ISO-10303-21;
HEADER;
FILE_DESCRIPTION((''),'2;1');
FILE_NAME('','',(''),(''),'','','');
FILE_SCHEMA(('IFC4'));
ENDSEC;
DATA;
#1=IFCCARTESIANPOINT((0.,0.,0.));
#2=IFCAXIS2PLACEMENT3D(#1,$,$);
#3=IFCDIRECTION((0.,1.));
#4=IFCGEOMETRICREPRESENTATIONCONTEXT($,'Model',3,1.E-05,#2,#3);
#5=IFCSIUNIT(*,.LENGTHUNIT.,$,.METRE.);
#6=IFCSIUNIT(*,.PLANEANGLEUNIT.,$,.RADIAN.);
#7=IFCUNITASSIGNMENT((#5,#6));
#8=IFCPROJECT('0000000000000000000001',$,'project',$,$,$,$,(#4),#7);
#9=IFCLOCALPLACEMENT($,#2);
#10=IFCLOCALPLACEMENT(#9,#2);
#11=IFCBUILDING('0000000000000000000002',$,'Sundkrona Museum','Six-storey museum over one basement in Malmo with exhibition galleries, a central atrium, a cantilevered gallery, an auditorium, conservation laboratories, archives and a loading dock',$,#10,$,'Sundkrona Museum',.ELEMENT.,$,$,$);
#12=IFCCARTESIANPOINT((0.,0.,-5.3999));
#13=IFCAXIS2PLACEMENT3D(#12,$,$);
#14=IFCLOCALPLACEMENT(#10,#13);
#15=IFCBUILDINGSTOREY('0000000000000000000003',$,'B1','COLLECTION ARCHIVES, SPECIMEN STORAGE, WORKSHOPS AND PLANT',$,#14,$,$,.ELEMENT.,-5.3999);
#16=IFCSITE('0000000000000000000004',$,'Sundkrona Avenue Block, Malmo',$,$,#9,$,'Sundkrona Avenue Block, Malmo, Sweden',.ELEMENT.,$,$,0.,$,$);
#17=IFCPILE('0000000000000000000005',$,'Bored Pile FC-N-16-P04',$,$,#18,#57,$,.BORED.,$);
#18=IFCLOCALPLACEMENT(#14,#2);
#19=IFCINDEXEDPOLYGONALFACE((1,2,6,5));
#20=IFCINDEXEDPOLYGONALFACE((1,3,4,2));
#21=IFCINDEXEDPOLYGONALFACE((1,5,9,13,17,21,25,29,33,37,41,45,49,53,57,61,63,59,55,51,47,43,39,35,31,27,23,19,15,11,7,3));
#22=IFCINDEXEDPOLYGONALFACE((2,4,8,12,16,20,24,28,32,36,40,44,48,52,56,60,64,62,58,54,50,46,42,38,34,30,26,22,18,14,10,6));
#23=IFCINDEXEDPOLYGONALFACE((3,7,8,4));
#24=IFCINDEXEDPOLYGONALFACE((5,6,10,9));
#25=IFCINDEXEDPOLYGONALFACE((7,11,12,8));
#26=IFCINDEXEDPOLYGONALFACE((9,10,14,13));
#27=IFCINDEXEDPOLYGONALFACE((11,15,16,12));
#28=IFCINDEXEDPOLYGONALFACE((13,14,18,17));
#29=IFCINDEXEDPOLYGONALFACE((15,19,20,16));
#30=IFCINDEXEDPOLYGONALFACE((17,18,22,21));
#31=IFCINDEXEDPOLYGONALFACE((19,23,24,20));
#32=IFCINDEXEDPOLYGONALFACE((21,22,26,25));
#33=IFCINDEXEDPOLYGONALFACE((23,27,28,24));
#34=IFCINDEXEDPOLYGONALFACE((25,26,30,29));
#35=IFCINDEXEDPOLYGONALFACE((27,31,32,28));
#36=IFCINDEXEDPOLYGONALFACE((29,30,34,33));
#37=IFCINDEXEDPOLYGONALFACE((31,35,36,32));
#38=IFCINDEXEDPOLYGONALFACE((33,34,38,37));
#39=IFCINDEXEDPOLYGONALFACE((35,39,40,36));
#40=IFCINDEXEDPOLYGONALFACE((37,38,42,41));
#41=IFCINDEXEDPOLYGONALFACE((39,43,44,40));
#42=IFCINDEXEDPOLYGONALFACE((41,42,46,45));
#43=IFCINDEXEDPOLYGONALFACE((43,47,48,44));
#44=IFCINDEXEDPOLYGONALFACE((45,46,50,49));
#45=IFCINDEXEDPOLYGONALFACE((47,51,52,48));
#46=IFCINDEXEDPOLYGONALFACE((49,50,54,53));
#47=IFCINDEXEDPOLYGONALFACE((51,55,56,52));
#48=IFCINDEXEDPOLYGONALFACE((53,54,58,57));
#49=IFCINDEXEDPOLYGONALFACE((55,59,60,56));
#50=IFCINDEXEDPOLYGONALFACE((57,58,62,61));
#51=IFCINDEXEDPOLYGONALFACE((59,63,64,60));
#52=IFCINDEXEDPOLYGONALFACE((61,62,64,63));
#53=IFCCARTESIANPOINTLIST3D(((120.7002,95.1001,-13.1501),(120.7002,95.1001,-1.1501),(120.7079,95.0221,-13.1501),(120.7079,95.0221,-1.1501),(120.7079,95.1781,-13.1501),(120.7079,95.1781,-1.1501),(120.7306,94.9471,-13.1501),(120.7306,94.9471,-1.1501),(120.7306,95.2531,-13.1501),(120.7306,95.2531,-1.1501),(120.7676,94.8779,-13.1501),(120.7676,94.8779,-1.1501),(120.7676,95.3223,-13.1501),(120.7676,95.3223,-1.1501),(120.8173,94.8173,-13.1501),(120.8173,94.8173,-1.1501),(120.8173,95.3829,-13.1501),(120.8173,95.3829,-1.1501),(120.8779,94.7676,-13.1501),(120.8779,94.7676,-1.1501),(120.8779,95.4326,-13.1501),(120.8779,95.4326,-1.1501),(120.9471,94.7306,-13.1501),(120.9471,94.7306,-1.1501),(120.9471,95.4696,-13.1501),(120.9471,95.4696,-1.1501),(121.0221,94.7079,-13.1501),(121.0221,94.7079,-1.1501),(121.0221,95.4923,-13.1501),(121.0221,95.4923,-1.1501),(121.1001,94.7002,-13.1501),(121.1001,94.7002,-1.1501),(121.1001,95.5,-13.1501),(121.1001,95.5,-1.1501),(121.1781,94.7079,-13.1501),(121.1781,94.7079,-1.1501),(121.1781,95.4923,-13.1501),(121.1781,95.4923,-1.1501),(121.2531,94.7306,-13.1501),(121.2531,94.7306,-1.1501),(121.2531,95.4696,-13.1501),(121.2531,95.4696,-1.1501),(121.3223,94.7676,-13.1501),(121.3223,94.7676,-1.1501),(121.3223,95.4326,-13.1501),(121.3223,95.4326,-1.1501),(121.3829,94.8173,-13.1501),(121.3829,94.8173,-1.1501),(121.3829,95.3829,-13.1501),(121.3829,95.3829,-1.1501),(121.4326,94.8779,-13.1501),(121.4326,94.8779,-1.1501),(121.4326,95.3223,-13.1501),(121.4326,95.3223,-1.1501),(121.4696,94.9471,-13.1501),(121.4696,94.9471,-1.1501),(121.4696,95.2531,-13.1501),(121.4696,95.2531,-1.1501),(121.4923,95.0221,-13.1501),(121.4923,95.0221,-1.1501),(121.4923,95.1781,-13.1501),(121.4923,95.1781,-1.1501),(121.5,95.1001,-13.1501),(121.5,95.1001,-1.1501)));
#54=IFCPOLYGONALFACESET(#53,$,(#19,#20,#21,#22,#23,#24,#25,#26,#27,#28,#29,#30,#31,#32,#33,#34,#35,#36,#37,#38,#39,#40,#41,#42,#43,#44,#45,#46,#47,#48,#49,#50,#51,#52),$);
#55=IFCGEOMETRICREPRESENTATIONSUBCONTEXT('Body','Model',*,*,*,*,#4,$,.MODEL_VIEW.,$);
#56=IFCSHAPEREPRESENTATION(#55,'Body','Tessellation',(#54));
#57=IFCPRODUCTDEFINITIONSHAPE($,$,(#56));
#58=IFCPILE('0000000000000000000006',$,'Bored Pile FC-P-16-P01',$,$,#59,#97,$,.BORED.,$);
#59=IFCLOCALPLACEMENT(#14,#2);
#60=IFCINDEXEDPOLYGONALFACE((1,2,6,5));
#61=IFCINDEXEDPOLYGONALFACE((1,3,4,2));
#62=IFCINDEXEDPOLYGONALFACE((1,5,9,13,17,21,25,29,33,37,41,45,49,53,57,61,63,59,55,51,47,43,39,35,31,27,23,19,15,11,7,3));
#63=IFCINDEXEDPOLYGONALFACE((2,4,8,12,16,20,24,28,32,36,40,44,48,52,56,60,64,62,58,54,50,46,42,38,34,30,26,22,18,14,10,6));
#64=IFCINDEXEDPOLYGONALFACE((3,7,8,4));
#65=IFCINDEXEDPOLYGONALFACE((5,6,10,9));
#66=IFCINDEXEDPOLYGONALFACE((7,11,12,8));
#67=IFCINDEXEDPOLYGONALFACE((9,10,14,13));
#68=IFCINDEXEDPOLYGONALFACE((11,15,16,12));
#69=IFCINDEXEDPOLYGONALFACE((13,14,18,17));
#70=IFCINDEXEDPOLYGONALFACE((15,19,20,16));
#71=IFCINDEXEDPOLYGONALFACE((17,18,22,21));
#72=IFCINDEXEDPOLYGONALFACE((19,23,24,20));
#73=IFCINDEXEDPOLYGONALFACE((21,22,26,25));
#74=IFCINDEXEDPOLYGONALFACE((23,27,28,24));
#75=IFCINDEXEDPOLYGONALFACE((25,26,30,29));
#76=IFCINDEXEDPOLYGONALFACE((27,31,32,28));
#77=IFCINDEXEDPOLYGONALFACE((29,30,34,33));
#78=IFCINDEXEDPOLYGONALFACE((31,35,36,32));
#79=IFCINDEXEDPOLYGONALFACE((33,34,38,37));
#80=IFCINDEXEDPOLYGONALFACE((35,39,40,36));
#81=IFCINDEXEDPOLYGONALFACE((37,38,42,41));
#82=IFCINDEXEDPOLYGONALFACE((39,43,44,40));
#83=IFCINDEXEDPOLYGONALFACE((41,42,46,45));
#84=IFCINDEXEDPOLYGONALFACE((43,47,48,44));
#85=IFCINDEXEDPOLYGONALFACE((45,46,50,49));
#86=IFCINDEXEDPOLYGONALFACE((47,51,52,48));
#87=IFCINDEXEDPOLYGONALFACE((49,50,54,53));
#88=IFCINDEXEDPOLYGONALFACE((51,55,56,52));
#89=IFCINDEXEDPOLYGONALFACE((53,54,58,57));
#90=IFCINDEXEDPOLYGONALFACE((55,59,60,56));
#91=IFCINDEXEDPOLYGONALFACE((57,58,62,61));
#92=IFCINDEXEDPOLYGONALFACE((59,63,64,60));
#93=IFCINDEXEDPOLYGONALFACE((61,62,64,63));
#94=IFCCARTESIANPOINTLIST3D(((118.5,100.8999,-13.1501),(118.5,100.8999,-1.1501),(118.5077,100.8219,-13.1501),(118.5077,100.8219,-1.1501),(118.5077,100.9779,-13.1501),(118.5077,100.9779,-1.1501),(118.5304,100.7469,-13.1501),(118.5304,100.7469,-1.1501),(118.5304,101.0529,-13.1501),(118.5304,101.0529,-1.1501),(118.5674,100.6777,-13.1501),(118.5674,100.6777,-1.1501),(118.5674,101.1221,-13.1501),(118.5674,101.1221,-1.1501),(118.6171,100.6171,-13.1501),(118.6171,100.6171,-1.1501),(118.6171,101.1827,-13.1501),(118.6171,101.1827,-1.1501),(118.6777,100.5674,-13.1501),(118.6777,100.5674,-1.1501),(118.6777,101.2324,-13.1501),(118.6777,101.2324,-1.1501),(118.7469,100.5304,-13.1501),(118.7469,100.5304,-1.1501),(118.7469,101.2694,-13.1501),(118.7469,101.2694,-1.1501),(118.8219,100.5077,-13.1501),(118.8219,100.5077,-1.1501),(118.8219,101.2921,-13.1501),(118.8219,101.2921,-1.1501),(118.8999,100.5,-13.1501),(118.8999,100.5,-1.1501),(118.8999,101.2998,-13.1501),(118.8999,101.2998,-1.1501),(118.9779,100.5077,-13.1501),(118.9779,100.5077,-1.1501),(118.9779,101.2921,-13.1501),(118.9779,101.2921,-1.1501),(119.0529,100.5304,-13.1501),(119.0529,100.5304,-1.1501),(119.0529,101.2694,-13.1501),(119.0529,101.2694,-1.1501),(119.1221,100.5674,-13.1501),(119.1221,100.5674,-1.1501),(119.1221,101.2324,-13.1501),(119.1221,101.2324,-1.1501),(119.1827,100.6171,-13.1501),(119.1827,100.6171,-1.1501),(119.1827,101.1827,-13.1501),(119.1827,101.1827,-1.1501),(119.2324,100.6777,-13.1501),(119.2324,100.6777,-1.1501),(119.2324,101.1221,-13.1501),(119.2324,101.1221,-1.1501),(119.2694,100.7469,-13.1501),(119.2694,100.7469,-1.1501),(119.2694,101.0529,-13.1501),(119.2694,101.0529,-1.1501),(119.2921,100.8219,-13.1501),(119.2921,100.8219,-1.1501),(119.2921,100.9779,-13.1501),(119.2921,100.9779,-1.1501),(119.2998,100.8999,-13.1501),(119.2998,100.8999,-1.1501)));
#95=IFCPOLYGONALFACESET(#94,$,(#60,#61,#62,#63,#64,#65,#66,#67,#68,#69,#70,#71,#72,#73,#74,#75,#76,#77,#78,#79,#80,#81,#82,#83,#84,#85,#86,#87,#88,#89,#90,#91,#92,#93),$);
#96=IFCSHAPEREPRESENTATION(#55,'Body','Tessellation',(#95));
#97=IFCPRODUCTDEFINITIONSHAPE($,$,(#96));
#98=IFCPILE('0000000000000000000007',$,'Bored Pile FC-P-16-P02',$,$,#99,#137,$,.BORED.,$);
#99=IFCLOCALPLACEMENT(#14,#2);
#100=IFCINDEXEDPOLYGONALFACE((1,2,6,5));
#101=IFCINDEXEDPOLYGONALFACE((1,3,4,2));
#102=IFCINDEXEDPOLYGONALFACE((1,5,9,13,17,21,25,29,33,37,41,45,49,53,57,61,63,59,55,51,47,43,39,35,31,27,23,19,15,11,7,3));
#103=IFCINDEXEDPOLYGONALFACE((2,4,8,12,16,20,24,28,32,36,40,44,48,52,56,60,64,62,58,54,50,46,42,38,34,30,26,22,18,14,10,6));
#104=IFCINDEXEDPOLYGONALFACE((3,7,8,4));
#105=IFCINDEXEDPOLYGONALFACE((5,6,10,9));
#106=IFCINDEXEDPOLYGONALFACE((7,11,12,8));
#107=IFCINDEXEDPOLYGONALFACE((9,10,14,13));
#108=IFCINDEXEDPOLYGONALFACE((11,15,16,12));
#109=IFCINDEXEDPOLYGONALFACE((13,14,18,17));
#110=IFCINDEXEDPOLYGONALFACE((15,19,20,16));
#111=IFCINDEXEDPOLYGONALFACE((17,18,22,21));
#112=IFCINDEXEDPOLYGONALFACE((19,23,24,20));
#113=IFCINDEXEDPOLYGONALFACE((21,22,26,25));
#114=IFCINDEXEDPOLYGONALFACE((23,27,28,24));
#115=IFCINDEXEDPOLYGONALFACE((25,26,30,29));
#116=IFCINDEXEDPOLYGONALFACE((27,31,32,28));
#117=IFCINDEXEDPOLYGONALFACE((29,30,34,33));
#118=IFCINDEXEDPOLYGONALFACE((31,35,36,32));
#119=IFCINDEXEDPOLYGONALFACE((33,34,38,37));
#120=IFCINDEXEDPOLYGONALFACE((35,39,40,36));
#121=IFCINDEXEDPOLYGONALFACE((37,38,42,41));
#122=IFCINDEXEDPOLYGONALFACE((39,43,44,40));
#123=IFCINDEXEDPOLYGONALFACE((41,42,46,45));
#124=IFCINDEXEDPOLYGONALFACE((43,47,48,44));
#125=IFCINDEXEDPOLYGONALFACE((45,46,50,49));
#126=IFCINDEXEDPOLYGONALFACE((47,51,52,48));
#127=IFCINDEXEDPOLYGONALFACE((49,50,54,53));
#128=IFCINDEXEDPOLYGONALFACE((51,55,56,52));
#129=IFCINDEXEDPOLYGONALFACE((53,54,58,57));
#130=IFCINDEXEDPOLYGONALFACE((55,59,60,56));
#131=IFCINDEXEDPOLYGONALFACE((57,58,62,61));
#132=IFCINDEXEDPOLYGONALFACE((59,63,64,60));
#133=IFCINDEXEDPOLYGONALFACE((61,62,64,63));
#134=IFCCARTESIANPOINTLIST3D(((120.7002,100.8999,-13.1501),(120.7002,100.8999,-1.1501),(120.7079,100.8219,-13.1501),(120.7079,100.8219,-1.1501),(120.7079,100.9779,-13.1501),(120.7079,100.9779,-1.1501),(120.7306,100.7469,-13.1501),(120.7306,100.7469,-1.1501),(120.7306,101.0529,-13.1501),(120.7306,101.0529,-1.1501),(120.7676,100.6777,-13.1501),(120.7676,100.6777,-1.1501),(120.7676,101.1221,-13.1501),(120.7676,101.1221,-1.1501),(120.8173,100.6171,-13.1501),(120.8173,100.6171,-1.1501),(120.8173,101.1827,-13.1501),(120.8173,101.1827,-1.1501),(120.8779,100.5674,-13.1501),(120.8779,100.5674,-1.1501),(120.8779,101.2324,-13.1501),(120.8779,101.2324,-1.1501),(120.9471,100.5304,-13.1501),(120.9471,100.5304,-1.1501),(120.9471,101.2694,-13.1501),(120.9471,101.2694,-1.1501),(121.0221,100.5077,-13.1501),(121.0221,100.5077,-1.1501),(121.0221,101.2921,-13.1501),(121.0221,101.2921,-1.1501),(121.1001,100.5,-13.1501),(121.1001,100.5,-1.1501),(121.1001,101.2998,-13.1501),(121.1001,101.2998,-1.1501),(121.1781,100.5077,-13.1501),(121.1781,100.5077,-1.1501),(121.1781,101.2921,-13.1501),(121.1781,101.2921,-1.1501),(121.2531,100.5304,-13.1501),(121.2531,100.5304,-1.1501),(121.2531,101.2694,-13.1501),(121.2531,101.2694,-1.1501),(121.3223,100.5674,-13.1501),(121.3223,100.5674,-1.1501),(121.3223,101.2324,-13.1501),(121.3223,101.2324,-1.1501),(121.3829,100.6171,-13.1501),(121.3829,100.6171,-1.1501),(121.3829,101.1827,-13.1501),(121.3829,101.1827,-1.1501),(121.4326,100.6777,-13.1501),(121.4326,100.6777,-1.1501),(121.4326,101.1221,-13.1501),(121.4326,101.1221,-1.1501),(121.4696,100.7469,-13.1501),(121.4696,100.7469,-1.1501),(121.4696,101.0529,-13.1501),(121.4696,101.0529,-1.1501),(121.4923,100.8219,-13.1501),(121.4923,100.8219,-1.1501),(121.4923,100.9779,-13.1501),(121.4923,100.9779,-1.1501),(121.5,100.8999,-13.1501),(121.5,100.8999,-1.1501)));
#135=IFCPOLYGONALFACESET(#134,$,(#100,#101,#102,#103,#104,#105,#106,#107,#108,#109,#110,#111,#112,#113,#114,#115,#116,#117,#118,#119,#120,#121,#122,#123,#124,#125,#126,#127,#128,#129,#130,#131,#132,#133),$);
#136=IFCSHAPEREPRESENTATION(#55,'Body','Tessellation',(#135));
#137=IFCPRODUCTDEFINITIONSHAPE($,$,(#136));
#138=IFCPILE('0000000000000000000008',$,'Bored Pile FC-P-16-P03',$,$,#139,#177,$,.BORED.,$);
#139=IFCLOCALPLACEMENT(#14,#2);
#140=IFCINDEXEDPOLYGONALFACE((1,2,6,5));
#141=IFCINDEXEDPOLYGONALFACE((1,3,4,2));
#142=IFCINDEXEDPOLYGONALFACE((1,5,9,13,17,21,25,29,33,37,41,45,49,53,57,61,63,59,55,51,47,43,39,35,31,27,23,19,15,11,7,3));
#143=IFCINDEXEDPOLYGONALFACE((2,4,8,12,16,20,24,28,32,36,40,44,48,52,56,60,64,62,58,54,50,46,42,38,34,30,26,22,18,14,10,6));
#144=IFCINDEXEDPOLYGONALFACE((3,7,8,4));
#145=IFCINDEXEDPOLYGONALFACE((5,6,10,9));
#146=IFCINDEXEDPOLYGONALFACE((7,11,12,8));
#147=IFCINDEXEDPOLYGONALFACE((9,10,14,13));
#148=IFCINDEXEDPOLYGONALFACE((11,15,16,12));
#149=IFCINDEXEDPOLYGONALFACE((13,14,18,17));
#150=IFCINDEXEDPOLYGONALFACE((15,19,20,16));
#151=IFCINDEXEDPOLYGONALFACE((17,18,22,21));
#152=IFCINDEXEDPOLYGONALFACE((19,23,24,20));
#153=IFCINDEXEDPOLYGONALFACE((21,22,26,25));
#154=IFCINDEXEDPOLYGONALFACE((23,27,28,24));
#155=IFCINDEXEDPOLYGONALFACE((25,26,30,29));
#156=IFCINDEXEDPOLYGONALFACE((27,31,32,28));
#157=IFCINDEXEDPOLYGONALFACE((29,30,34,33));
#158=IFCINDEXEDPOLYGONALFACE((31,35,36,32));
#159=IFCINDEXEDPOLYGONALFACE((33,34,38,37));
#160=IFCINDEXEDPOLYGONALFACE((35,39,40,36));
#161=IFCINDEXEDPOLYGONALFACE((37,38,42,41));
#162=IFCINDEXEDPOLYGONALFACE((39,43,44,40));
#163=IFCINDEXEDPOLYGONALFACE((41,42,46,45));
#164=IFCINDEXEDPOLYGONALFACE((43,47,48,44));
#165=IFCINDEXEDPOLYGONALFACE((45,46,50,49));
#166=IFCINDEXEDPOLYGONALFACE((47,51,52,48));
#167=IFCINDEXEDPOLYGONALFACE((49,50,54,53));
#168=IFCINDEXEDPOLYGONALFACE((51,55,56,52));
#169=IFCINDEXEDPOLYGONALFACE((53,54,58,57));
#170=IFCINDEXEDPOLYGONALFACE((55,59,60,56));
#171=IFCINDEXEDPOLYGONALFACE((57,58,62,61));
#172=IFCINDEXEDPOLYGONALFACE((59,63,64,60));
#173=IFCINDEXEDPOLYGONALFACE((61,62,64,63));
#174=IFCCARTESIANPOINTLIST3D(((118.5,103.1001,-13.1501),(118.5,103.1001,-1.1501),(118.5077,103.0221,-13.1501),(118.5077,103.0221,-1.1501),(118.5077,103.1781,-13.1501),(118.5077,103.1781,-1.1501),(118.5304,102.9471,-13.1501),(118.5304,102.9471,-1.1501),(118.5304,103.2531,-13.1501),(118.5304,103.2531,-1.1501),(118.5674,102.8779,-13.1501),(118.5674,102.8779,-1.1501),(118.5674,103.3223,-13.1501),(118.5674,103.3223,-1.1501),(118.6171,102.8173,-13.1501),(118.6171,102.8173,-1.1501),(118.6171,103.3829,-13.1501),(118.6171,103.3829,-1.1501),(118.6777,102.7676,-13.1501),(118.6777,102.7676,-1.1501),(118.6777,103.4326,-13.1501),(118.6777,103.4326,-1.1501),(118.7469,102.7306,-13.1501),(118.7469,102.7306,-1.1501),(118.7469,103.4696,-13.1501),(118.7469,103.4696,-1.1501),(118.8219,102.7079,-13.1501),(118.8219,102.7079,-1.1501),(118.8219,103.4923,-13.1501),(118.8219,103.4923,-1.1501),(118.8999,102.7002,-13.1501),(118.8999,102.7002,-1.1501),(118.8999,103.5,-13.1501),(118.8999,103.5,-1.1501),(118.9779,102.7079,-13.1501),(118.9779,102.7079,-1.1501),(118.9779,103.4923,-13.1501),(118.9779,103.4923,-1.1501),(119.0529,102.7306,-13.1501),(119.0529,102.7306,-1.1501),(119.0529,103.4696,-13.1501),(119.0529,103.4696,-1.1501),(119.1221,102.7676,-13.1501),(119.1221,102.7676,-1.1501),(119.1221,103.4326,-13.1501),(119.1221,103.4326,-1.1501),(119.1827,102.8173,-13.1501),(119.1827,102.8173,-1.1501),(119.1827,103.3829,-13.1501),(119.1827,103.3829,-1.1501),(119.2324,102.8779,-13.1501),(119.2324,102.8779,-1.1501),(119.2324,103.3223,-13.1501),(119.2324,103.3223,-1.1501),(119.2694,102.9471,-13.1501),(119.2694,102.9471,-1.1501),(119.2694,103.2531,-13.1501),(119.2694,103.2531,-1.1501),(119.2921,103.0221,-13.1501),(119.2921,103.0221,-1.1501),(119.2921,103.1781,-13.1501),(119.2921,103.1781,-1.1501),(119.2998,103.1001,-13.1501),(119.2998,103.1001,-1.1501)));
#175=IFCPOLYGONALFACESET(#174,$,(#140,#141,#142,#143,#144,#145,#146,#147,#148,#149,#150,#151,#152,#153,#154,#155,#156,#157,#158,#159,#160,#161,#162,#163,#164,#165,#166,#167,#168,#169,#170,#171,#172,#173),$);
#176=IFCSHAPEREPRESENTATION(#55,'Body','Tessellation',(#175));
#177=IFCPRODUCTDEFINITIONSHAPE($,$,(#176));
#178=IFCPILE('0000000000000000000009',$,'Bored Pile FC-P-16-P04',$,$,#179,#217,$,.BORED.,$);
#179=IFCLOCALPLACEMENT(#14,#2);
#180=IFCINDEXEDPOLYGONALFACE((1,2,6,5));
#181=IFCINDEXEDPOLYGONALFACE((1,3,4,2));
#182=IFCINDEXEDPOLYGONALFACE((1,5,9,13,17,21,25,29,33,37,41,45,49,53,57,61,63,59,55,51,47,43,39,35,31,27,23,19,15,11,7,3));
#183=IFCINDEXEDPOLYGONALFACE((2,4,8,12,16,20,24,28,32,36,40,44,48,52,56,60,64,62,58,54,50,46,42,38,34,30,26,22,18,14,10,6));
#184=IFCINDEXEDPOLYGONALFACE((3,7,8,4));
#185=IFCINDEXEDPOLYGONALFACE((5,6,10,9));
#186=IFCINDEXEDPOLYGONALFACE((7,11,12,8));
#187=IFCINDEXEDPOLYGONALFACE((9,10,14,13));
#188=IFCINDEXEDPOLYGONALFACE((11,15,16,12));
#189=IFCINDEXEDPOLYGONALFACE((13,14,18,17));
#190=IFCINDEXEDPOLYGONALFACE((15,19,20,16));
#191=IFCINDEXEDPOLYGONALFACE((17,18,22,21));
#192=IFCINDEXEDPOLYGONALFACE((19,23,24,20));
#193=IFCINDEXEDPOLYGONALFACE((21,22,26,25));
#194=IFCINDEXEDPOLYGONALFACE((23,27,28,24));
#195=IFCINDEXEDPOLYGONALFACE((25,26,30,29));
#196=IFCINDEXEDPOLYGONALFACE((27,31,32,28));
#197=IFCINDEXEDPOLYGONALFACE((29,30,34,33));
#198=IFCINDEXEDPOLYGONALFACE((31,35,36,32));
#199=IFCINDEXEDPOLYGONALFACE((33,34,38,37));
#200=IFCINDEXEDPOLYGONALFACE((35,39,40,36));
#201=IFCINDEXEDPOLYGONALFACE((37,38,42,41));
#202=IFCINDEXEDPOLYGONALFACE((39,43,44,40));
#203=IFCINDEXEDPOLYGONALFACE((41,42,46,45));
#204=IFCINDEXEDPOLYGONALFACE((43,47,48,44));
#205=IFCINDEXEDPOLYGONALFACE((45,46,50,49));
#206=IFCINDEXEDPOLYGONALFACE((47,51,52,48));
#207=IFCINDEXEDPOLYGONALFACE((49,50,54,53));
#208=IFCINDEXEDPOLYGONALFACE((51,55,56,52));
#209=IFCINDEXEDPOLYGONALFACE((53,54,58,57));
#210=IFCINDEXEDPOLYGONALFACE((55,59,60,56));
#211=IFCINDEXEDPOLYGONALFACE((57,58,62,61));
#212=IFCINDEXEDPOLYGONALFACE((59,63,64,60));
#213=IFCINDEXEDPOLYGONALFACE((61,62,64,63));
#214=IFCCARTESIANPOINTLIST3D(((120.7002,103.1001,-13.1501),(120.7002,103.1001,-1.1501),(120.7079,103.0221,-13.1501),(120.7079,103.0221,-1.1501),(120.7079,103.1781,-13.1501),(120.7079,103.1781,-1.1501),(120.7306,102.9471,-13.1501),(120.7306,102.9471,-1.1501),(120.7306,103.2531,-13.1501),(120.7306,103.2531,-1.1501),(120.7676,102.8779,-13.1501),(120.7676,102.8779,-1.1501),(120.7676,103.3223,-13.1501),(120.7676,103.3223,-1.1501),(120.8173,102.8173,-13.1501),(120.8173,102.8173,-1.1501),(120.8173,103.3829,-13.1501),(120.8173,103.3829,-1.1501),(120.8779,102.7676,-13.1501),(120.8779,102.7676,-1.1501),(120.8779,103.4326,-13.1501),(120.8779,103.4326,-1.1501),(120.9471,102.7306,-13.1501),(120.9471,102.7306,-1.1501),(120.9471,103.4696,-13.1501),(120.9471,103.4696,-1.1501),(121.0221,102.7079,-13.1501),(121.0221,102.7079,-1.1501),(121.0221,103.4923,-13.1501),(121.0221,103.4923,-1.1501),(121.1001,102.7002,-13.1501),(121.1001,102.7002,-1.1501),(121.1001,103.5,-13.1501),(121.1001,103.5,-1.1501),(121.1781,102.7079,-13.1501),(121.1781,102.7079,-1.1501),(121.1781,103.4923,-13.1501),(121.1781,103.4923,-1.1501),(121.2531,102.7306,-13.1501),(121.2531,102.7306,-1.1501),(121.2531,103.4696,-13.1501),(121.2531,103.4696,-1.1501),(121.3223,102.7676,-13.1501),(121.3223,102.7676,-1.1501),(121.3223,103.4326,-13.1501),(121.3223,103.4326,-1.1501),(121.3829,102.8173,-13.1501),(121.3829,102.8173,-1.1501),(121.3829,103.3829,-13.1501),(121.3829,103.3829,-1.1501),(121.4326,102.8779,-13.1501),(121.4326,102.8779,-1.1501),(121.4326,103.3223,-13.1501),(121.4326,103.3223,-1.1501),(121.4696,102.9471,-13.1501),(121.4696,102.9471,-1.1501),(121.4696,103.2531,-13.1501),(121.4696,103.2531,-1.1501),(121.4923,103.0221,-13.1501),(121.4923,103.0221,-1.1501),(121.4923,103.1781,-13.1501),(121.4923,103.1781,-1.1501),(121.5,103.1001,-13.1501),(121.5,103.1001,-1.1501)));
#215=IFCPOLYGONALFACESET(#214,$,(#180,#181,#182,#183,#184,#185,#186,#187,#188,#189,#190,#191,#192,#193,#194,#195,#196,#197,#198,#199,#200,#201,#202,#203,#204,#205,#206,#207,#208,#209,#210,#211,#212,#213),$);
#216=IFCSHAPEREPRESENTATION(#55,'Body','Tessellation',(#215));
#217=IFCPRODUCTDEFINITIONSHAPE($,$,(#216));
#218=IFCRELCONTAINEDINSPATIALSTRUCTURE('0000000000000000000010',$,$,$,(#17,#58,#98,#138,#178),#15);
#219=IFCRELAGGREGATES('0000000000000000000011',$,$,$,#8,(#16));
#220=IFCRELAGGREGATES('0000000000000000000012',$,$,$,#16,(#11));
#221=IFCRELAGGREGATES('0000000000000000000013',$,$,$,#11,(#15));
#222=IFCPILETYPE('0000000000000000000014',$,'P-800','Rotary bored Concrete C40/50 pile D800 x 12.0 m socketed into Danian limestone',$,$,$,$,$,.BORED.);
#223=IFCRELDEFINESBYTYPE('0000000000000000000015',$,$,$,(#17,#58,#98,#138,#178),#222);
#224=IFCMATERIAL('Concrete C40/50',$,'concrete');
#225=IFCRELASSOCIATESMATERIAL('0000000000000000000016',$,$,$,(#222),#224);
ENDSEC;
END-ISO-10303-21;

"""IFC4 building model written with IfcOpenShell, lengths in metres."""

from ifc_helpers import new_model, si_unit, direction, frame, origin, origin_2d, place, context, subcontext, project, spatial, circle, extrude, material, material_profile, profile_set, type_object, element, save


model = new_model("IFC4")

# Units and contexts
model_context = context("Model", 3, precision=1e-05, world=origin(), true_north=direction((0.0, 1.0)))
body_context = subcontext(model_context, "Body", "Model", "MODEL_VIEW")
ifc_project = project(units=[si_unit("LENGTHUNIT", "METRE"), si_unit("PLANEANGLEUNIT", "RADIAN")], contexts=[model_context])

# Site, building, storey
site_placement = place(None, origin())
site = spatial("IfcSite", under=ifc_project, at=site_placement, Name="Sundkrona Avenue Block, Malmo", LongName="Sundkrona Avenue Block, Malmo, Sweden", CompositionType="ELEMENT", RefElevation=0.0)
building_placement = place(site_placement, origin())
building = spatial("IfcBuilding", under=site, at=building_placement, Name="Sundkrona Museum", Description="Six-storey museum over one basement in Malmo with exhibition galleries, a central atrium, a cantilevered gallery, an auditorium, conservation laboratories, archives and a loading dock", LongName="Sundkrona Museum", CompositionType="ELEMENT")
storey_placement = place(building_placement, frame((0.0, 0.0, -5.3999)))
storey = spatial("IfcBuildingStorey", under=building, at=storey_placement, Name="B1", Description="COLLECTION ARCHIVES, SPECIMEN STORAGE, WORKSHOPS AND PLANT", CompositionType="ELEMENT", Elevation=-5.3999)

# Shared definitions
ifc_material_1 = material(Name="Concrete C40/50", Category="concrete")

# Piles
ifc_material_profile_1 = material_profile(ifc_material_1, circle(Radius=0.3999, at=origin_2d()), Name="PILE D800")
ifc_profile_set_1 = profile_set([ifc_material_profile_1], Name="Concrete C40/50")
pile_type = type_object("IfcPileType", Name="P-800", Description="Rotary bored Concrete C40/50 pile D800 x 12.0 m socketed into Danian limestone", PredefinedType="BORED", material=ifc_profile_set_1)
for number, where, z_axis, x_axis, name in (
    (1, (121.1001, 95.1001, -1.1501), (0.0, 0.0, -1.0), (1.0, 0.0, 0.0), "Bored Pile FC-N-16-P04"),
    (2, (118.8999, 100.8999, -1.1501), (0.0, 0.0, -1.0), (1.0, 0.0, 0.0), "Bored Pile FC-P-16-P01"),
    (3, (121.1001, 100.8999, -1.1501), (0.0, 0.0, -1.0), (1.0, 0.0, 0.0), "Bored Pile FC-P-16-P02"),
    (4, (118.8999, 103.1001, -1.1501), (0.0, 0.0, -1.0), (1.0, 0.0, 0.0), "Bored Pile FC-P-16-P03"),
    (5, (121.1001, 103.1001, -1.1501), (0.0, 0.0, -1.0), (1.0, 0.0, 0.0), "Bored Pile FC-P-16-P04"),
):
    element("IfcPile", number, at=place(storey_placement, frame(where, z_axis=z_axis, x_axis=x_axis)), inside=storey, type_object=pile_type, Name=name, PredefinedType="BORED", context=body_context, shape_type="SweptSolid", body=[
        extrude(circle(Radius=0.3999, at=origin_2d()), origin(), (0.0, 0.0, 1.0), 12.0),
    ])

save(model, "model.ifc")
